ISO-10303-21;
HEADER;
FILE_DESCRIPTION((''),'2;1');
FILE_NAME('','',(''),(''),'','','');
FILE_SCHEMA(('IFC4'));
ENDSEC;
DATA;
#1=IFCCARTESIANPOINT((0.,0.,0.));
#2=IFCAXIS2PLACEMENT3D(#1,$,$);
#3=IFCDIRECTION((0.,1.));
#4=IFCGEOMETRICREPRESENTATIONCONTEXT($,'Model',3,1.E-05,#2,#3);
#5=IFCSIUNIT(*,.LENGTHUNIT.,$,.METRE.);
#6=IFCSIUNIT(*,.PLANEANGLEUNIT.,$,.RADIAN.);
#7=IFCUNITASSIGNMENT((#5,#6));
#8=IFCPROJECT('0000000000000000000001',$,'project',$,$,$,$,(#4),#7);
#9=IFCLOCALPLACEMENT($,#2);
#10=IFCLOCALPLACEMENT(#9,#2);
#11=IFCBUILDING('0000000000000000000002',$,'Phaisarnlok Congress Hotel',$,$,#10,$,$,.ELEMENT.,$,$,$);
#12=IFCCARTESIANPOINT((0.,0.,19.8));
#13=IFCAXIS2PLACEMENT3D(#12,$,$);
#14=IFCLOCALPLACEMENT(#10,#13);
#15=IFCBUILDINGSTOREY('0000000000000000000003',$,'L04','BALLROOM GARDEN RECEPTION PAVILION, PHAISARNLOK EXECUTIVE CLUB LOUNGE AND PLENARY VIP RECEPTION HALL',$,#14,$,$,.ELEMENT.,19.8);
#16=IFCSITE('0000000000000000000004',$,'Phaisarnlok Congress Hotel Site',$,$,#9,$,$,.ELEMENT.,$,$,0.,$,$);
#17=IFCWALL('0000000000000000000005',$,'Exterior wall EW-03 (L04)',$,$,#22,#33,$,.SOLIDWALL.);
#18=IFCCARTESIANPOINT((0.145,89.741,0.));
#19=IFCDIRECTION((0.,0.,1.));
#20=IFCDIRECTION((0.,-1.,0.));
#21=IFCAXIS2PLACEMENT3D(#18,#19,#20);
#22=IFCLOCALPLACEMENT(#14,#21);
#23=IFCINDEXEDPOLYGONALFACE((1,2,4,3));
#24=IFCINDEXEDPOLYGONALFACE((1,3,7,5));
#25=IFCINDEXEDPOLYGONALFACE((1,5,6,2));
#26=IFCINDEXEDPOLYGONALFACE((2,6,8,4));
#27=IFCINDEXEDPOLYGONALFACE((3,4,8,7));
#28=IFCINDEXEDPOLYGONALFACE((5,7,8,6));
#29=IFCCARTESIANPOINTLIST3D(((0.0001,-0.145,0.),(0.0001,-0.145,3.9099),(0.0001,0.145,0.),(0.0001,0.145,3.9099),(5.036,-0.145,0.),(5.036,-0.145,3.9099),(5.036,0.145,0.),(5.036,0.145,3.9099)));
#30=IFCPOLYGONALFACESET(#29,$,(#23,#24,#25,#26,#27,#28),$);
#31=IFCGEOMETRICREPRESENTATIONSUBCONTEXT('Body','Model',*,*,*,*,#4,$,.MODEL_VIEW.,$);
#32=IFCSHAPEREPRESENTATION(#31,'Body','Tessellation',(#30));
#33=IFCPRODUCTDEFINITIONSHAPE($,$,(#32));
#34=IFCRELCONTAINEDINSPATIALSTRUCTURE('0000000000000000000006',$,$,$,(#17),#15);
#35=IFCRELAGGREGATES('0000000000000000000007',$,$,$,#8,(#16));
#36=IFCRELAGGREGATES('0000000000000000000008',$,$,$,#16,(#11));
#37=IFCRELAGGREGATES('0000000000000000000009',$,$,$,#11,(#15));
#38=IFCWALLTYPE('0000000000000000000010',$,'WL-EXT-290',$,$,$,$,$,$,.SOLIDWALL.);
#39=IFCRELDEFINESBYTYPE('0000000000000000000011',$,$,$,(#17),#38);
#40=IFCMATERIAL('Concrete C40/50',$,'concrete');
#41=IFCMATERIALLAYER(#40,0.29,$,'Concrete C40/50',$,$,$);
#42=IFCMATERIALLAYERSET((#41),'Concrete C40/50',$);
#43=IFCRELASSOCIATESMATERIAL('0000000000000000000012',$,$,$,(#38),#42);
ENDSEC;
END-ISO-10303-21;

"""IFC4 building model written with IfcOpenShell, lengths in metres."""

from ifc_helpers import new_model, si_unit, direction, frame, frame_2d, origin, place, context, subcontext, project, spatial, rectangle, extrude, material, layer, layer_set, type_object, element, save


model = new_model("IFC4")

# Units and contexts
model_context = context("Model", 3, precision=1e-05, world=origin(), true_north=direction((0.0, 1.0)))
body_context = subcontext(model_context, "Body", "Model", "MODEL_VIEW")
ifc_project = project(units=[si_unit("LENGTHUNIT", "METRE"), si_unit("PLANEANGLEUNIT", "RADIAN")], contexts=[model_context])

# Site, building, storey
site_placement = place(None, origin())
site = spatial("IfcSite", under=ifc_project, at=site_placement, Name="Phaisarnlok Congress Hotel Site", CompositionType="ELEMENT", RefElevation=0.0)
building_placement = place(site_placement, origin())
building = spatial("IfcBuilding", under=site, at=building_placement, Name="Phaisarnlok Congress Hotel", CompositionType="ELEMENT")
storey_placement = place(building_placement, frame((0.0, 0.0, 19.8)))
storey = spatial("IfcBuildingStorey", under=building, at=storey_placement, Name="L04", Description="BALLROOM GARDEN RECEPTION PAVILION, PHAISARNLOK EXECUTIVE CLUB LOUNGE AND PLENARY VIP RECEPTION HALL", CompositionType="ELEMENT", Elevation=19.8)

# Shared definitions
ifc_material_1 = material(Name="Concrete C40/50", Category="concrete")

# Wall
ifc_layer_1 = layer(ifc_material_1, 0.29, Name="Concrete C40/50")
ifc_layer_set_1 = layer_set([ifc_layer_1], Name="Concrete C40/50")
wall_type = type_object("IfcWallType", Name="WL-EXT-290", PredefinedType="SOLIDWALL", material=ifc_layer_set_1)
wall_1_placement = place(storey_placement, frame((0.145, 89.741, 0.0), z_axis=(0.0, 0.0, 1.0), x_axis=(0.0, -1.0, 0.0)))
element("IfcWall", 1, at=wall_1_placement, inside=storey, type_object=wall_type, Name="Exterior wall EW-03 (L04)", PredefinedType="SOLIDWALL", context=body_context, shape_type="SweptSolid", body=[
    extrude(rectangle(XDim=5.0359, YDim=0.29, at=frame_2d((2.5181, 0.0))), origin(), (0.0, 0.0, 1.0), 3.9099),
])

save(model, "model.ifc")
